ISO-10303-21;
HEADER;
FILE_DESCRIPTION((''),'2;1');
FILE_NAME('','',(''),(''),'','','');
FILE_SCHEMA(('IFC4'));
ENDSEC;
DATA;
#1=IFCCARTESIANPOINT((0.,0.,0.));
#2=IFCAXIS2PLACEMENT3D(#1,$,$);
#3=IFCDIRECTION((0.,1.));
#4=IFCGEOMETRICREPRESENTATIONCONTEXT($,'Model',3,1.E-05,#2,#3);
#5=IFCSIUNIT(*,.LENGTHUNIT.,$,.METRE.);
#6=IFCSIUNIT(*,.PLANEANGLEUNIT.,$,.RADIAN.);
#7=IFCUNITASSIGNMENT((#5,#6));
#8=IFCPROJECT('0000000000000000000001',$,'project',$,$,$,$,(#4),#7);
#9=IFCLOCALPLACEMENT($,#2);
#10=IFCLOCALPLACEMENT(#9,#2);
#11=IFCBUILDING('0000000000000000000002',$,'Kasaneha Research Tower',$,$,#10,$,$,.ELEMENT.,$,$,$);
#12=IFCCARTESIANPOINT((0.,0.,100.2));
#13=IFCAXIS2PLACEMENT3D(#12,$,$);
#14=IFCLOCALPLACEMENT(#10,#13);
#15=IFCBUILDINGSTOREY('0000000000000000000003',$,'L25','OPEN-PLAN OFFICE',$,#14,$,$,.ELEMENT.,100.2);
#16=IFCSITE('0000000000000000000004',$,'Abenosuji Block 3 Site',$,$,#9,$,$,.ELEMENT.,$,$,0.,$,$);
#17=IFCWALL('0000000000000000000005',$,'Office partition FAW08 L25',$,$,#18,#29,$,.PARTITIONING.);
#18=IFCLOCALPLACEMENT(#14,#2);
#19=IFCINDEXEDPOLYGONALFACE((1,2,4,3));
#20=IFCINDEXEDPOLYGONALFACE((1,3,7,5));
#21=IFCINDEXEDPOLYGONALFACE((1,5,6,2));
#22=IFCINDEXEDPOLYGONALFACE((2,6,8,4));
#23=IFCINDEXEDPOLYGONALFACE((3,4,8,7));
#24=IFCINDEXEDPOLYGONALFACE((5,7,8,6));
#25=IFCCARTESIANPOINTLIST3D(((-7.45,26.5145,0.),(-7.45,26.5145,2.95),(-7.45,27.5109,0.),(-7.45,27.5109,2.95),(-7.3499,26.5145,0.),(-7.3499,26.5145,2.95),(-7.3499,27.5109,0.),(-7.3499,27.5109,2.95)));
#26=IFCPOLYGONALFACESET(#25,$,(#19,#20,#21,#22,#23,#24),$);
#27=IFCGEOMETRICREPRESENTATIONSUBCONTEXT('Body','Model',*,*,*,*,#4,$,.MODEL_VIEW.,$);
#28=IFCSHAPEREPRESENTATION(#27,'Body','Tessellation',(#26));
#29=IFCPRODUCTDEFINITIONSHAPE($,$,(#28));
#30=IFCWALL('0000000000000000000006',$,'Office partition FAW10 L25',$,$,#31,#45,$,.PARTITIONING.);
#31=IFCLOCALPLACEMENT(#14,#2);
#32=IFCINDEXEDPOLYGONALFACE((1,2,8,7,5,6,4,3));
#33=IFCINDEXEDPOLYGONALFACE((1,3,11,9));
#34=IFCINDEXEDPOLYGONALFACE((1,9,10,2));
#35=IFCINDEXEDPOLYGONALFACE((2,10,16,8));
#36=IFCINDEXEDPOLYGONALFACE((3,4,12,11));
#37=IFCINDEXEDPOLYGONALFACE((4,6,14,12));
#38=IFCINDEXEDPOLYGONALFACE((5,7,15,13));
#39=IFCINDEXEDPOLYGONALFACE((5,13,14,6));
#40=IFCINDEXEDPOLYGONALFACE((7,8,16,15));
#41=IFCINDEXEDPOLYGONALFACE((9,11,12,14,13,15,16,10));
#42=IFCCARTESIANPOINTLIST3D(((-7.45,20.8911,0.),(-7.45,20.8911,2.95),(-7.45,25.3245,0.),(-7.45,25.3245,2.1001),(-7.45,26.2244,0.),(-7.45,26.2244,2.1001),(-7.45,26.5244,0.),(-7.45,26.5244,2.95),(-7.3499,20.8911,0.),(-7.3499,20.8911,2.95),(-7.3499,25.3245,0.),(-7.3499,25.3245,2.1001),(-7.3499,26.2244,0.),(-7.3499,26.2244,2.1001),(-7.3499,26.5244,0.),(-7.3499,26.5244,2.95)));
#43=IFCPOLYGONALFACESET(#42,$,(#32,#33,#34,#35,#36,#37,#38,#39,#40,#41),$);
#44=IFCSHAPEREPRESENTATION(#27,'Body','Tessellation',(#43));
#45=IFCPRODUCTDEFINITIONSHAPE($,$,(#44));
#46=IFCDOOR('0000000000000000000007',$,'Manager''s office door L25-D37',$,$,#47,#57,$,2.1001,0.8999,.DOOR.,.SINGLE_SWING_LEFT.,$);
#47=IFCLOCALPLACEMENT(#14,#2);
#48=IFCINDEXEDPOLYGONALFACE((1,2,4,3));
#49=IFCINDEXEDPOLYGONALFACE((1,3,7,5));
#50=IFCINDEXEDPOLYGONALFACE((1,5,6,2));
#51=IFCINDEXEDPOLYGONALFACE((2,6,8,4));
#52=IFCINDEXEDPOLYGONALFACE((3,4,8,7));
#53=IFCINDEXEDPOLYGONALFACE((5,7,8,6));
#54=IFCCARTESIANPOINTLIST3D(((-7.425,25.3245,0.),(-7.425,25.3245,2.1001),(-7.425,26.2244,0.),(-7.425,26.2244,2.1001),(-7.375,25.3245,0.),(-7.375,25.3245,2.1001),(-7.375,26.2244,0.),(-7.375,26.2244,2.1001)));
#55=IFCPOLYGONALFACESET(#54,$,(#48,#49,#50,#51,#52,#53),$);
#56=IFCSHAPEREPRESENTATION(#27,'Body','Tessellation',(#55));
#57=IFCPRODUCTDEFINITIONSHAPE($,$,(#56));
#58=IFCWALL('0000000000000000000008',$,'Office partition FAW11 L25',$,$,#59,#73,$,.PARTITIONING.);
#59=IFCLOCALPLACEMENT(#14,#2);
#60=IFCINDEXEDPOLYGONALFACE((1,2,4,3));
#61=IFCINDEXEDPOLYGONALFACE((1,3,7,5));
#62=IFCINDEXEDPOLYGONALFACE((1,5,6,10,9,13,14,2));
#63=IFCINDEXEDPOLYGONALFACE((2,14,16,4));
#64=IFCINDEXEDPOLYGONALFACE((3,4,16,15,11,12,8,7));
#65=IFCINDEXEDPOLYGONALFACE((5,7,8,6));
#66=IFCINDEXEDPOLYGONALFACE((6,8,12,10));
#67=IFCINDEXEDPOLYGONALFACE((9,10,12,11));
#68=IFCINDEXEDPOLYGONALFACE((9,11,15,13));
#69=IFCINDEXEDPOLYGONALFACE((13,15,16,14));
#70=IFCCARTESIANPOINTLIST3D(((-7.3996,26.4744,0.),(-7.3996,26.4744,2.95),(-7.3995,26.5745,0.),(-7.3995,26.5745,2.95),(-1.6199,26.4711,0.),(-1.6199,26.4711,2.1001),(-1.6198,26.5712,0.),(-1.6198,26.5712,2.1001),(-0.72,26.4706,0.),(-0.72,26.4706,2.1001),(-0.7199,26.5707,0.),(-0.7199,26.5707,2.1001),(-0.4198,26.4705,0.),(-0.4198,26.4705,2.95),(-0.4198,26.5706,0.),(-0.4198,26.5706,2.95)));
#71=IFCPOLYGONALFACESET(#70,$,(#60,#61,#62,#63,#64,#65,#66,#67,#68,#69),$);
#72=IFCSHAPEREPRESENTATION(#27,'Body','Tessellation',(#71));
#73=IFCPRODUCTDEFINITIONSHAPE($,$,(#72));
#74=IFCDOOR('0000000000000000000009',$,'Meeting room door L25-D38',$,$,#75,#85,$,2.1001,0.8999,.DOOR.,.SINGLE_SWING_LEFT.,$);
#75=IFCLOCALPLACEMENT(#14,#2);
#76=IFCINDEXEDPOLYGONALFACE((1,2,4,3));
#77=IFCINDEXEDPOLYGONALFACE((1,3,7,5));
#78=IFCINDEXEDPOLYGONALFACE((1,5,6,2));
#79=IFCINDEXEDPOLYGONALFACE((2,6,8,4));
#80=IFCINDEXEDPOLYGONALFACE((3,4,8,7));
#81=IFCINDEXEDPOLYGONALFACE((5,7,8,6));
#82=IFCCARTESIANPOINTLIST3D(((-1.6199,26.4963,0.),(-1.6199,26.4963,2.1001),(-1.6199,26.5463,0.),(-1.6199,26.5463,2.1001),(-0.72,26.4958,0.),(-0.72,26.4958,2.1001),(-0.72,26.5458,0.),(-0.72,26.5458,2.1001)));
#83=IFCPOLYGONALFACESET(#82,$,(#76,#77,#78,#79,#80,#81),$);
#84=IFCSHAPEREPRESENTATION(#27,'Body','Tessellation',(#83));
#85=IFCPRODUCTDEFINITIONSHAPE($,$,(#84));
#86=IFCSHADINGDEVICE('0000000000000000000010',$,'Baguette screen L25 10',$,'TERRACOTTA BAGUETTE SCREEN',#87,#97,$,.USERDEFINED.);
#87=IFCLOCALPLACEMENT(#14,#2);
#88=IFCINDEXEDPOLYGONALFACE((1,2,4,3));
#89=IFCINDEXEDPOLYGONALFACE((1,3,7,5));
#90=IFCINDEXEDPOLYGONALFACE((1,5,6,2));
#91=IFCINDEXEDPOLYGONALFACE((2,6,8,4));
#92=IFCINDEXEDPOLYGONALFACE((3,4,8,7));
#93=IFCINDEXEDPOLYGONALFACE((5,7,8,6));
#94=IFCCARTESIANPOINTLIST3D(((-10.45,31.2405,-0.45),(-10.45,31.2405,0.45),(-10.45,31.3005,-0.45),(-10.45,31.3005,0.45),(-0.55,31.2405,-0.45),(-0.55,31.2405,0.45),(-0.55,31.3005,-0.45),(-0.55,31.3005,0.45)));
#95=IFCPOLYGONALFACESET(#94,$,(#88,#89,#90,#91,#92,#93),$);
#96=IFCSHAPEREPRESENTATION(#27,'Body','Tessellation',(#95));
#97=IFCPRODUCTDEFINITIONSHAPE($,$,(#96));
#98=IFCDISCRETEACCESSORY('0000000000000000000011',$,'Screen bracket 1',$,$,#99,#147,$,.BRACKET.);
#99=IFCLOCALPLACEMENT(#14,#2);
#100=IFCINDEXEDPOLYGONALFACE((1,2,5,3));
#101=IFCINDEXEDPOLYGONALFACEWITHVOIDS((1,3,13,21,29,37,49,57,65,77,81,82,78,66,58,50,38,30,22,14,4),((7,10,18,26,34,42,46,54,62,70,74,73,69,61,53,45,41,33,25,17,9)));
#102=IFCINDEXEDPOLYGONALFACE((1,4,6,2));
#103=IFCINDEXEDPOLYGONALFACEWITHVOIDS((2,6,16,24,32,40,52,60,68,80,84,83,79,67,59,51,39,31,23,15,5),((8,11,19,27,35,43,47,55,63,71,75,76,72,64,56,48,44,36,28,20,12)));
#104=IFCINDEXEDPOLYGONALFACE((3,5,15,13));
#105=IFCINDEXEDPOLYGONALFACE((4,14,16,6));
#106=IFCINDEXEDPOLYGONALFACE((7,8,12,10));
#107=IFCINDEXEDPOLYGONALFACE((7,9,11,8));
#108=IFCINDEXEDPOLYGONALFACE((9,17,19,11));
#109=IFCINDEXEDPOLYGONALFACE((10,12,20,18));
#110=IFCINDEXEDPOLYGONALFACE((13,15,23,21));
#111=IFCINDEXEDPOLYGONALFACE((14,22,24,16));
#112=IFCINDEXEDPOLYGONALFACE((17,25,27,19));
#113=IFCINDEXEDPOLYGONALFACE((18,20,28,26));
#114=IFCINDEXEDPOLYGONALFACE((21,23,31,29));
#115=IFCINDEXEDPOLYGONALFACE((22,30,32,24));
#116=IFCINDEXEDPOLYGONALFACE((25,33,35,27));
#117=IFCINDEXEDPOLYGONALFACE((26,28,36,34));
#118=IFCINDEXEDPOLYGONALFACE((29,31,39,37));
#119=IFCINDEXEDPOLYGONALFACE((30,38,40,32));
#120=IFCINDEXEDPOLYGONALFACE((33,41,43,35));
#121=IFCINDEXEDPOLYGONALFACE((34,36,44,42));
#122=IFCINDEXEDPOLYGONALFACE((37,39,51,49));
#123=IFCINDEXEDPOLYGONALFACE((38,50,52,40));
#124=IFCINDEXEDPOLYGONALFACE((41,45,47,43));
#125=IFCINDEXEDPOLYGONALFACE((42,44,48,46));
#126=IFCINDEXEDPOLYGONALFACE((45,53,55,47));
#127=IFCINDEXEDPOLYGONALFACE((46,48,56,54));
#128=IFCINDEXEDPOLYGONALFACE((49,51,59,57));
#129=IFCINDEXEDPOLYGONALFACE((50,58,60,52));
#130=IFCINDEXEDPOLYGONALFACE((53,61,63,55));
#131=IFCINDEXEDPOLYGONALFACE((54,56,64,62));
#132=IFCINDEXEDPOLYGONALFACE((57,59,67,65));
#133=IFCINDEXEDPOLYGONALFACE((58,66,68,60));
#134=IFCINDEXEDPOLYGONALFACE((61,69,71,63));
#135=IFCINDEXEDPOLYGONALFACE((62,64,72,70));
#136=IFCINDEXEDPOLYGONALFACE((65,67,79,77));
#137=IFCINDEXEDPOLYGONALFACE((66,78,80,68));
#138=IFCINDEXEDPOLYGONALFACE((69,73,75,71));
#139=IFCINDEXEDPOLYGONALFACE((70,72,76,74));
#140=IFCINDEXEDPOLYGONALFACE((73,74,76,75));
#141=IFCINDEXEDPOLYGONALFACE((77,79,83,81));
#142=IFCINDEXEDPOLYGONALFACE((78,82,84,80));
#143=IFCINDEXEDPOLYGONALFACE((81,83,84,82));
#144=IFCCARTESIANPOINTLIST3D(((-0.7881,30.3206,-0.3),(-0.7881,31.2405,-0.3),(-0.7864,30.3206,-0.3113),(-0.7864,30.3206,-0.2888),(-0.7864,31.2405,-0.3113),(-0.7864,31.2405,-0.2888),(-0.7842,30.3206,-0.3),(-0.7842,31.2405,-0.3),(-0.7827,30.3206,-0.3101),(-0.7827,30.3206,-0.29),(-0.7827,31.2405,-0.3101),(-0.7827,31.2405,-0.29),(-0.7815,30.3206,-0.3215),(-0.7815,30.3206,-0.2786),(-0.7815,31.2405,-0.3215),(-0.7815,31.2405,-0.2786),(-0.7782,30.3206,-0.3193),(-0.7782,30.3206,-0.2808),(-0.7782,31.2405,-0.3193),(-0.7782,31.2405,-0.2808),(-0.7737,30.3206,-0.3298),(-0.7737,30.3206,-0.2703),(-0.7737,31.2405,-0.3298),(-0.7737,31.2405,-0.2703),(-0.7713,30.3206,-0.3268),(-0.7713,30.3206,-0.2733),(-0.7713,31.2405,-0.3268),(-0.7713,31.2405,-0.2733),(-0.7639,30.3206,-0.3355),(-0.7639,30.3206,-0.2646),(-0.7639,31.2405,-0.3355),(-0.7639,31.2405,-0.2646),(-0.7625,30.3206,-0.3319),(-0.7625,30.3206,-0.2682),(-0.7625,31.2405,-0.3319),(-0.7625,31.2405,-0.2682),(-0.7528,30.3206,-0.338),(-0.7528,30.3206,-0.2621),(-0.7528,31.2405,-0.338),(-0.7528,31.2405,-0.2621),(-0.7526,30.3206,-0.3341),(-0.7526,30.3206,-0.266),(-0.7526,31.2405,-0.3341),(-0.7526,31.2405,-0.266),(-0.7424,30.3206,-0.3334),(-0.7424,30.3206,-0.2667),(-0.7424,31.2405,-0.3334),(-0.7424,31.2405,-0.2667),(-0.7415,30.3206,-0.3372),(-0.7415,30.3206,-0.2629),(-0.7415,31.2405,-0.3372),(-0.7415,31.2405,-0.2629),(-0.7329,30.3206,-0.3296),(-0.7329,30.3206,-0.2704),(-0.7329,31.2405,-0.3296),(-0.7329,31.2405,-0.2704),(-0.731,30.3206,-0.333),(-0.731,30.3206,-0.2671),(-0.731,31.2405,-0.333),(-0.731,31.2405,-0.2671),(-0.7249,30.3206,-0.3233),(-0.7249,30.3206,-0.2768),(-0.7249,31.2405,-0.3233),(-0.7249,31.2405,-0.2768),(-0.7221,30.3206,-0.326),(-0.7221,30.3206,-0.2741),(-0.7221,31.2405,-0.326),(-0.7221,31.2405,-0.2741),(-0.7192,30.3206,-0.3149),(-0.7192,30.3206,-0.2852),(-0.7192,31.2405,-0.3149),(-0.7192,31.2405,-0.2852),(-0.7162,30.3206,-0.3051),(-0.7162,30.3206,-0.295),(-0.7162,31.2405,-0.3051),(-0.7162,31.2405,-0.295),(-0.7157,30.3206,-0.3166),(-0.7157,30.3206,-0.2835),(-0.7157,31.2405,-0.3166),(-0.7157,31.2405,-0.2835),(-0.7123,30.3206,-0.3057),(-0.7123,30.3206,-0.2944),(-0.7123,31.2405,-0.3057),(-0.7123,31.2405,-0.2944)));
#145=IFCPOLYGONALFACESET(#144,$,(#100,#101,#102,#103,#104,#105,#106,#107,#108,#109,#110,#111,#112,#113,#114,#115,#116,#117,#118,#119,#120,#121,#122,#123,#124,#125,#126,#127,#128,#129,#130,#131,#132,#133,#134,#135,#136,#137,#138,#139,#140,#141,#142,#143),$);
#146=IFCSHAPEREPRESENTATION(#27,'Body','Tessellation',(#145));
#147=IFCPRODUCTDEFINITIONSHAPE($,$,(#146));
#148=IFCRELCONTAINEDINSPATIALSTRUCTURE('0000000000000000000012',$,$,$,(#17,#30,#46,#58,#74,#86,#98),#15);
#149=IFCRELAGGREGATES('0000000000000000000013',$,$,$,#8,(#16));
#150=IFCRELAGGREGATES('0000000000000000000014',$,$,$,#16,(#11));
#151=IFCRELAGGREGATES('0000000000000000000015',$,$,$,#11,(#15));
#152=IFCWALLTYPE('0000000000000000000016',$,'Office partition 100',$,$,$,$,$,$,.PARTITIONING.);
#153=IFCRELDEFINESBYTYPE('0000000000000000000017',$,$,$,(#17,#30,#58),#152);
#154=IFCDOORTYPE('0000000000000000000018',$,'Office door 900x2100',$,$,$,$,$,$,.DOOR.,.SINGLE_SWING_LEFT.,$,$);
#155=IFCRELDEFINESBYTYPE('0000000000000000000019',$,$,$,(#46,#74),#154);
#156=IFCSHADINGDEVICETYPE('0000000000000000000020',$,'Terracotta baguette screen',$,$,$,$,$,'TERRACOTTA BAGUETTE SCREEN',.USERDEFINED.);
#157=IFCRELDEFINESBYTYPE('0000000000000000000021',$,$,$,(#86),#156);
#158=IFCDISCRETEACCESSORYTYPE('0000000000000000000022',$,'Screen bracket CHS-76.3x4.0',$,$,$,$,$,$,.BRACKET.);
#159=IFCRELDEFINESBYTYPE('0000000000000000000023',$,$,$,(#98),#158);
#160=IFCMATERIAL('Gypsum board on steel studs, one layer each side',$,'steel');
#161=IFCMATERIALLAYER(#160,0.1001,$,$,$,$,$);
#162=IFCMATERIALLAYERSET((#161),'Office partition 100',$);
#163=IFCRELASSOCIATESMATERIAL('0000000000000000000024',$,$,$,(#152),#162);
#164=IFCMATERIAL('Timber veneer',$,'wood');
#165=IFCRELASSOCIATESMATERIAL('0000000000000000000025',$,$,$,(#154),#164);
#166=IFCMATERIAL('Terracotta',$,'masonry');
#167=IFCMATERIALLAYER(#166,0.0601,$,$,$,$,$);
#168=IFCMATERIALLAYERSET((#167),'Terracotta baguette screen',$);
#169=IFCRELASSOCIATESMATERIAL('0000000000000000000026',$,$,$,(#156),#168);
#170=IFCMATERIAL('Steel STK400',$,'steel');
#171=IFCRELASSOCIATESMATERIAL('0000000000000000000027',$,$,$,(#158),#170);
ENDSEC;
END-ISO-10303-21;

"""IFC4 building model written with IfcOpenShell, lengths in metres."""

from ifc_helpers import new_model, si_unit, direction, frame, frame_2d, origin, origin_2d, place, context, subcontext, project, spatial, rectangle, hollow_circle, extrude, material, layer, layer_set, material_profile, profile_set, type_object, element, fill, save


model = new_model("IFC4")

# Units and contexts
model_context = context("Model", 3, precision=1e-05, world=origin(), true_north=direction((0.0, 1.0)))
body_context = subcontext(model_context, "Body", "Model", "MODEL_VIEW")
ifc_project = project(units=[si_unit("LENGTHUNIT", "METRE"), si_unit("PLANEANGLEUNIT", "RADIAN")], contexts=[model_context])

# Site, building, storey
site_placement = place(None, origin())
site = spatial("IfcSite", under=ifc_project, at=site_placement, Name="Abenosuji Block 3 Site", CompositionType="ELEMENT", RefElevation=0.0)
building_placement = place(site_placement, origin())
building = spatial("IfcBuilding", under=site, at=building_placement, Name="Kasaneha Research Tower", CompositionType="ELEMENT")
storey_placement = place(building_placement, frame((0.0, 0.0, 100.2)))
storey = spatial("IfcBuildingStorey", under=building, at=storey_placement, Name="L25", Description="OPEN-PLAN OFFICE", CompositionType="ELEMENT", Elevation=100.2)

# Wall
ifc_material_1 = material(Name="Gypsum board on steel studs, one layer each side", Category="steel")
ifc_layer_1 = layer(ifc_material_1, 0.1001)
ifc_layer_set_1 = layer_set([ifc_layer_1], Name="Office partition 100")
wall_type = type_object("IfcWallType", Name="Office partition 100", PredefinedType="PARTITIONING", material=ifc_layer_set_1)
wall_1_placement = place(storey_placement, frame((-7.3999, 27.5107, 0.0), z_axis=(0.0, 0.0, 1.0), x_axis=(0.0, -1.0, 0.0)))
element("IfcWall", 1, at=wall_1_placement, inside=storey, type_object=wall_type, Name="Office partition FAW08 L25", PredefinedType="PARTITIONING", context=body_context, shape_type="SweptSolid", body=[
    extrude(rectangle(XDim=0.9963, YDim=0.1001, at=frame_2d((0.498, 0.0))), origin(), (0.0, 0.0, 1.0), 2.95),
])

# Walls, openings, doors
wall_2_placement = place(storey_placement, frame((-7.3999, 26.5244, 0.0), z_axis=(0.0, 0.0, 1.0), x_axis=(0.0, -1.0, 0.0)))
wall_2 = element("IfcWall", 2, at=wall_2_placement, inside=storey, type_object=wall_type, Name="Office partition FAW10 L25", PredefinedType="PARTITIONING", context=body_context, shape_type="SweptSolid", body=[
    extrude(rectangle(XDim=5.6333, YDim=0.1001, at=frame_2d((2.8167, 0.0))), origin(), (0.0, 0.0, 1.0), 2.95),
])
opening_1_placement = place(wall_2_placement, frame((0.3, 0.0, 0.0)))
opening_1 = element("IfcOpeningElement", 3, at=opening_1_placement, cuts=wall_2, PredefinedType="OPENING", context=body_context, shape_type="SweptSolid", body=[
    extrude(rectangle(XDim=0.8999, YDim=2.1001, at=frame_2d((0.45, 1.05))), frame((0.0, 0.0601, 0.0), z_axis=(0.0, -1.0, 0.0), x_axis=(1.0, 0.0, 0.0)), (0.0, 0.0, 1.0), 0.1201),
])
ifc_material_2 = material(Name="Timber veneer", Category="wood")
door_type = type_object("IfcDoorType", Name="Office door 900x2100", OperationType="SINGLE_SWING_LEFT", PredefinedType="DOOR", material=ifc_material_2)
door_1_placement = place(opening_1_placement, origin())
door_1 = element("IfcDoor", 4, at=door_1_placement, inside=storey, type_object=door_type, Name="Manager's office door L25-D37", OperationType="SINGLE_SWING_LEFT", OverallHeight=2.1001, OverallWidth=0.8999, PredefinedType="DOOR", context=body_context, shape_type="SweptSolid", body=[
    extrude(rectangle(XDim=0.8999, YDim=2.1001, at=frame_2d((0.45, 1.05))), frame((0.0, 0.0249, 0.0), z_axis=(0.0, -1.0, 0.0), x_axis=(1.0, 0.0, 0.0)), (0.0, 0.0, 1.0), 0.05),
])
fill(opening_1, door_1)
wall_3_placement = place(storey_placement, frame((-0.4199, 26.5205, 0.0), z_axis=(0.0, 0.0, 1.0), x_axis=(-1.0, 0.00056, 0.0)))
wall_3 = element("IfcWall", 5, at=wall_3_placement, inside=storey, type_object=wall_type, Name="Office partition FAW11 L25", PredefinedType="PARTITIONING", context=body_context, shape_type="SweptSolid", body=[
    extrude(rectangle(XDim=6.9797, YDim=0.1001, at=frame_2d((3.4897, 0.0))), origin(), (0.0, 0.0, 1.0), 2.95),
])
opening_2_placement = place(wall_3_placement, frame((0.3, 0.0, 0.0)))
opening_2 = element("IfcOpeningElement", 6, at=opening_2_placement, cuts=wall_3, PredefinedType="OPENING", context=body_context, shape_type="SweptSolid", body=[
    extrude(rectangle(XDim=0.8999, YDim=2.1001, at=frame_2d((0.45, 1.05))), frame((0.0, 0.0601, 0.0), z_axis=(0.0, -1.0, 0.0), x_axis=(1.0, 0.0, 0.0)), (0.0, 0.0, 1.0), 0.1201),
])
door_2_placement = place(opening_2_placement, origin())
door_2 = element("IfcDoor", 7, at=door_2_placement, inside=storey, type_object=door_type, Name="Meeting room door L25-D38", OperationType="SINGLE_SWING_LEFT", OverallHeight=2.1001, OverallWidth=0.8999, PredefinedType="DOOR", context=body_context, shape_type="SweptSolid", body=[
    extrude(rectangle(XDim=0.8999, YDim=2.1001, at=frame_2d((0.45, 1.05))), frame((0.0, 0.0249, 0.0), z_axis=(0.0, -1.0, 0.0), x_axis=(1.0, 0.0, 0.0)), (0.0, 0.0, 1.0), 0.05),
])
fill(opening_2, door_2)

# Shading device
ifc_material_3 = material(Name="Terracotta", Category="masonry")
ifc_layer_2 = layer(ifc_material_3, 0.0601)
ifc_layer_set_2 = layer_set([ifc_layer_2], Name="Terracotta baguette screen")
shading_device_type = type_object("IfcShadingDeviceType", Name="Terracotta baguette screen", ElementType="TERRACOTTA BAGUETTE SCREEN", PredefinedType="USERDEFINED", material=ifc_layer_set_2)
shading_device_placement = place(storey_placement, frame((-5.5, 31.2705, -0.45), z_axis=(0.0, 0.0, 1.0), x_axis=(-1.0, 0.0, 0.0)))
element("IfcShadingDevice", 8, at=shading_device_placement, inside=storey, type_object=shading_device_type, Name="Baguette screen L25 10", ObjectType="TERRACOTTA BAGUETTE SCREEN", PredefinedType="USERDEFINED", context=body_context, shape_type="SweptSolid", body=[
    extrude(rectangle(XDim=9.8999, YDim=0.0601, at=origin_2d()), origin(), (0.0, 0.0, 1.0), 0.8999),
])

# Discrete accessory
ifc_material_4 = material(Name="Steel STK400", Category="steel")
ifc_material_profile_1 = material_profile(ifc_material_4, hollow_circle(Radius=0.0381, WallThickness=0.0039, at=origin_2d()), Name="CHS-76.3x4.0")
ifc_profile_set_1 = profile_set([ifc_material_profile_1], Name="Steel STK400")
discrete_accessory_type = type_object("IfcDiscreteAccessoryType", Name="Screen bracket CHS-76.3x4.0", PredefinedType="BRACKET", material=ifc_profile_set_1)
for number, where, z_axis, x_axis, name in (
    (9, (-0.75, 30.3206, -0.3), (0.0, 1.0, 0.0), (-1.0, 0.0, 0.0), "Screen bracket 1"),
):
    element("IfcDiscreteAccessory", number, at=place(storey_placement, frame(where, z_axis=z_axis, x_axis=x_axis)), inside=storey, type_object=discrete_accessory_type, Name=name, PredefinedType="BRACKET", context=body_context, shape_type="SweptSolid", body=[
        extrude(hollow_circle(Radius=0.0381, WallThickness=0.0039, at=origin_2d()), origin(), (0.0, 0.0, 1.0), 0.9199),
    ])

save(model, "model.ifc")
